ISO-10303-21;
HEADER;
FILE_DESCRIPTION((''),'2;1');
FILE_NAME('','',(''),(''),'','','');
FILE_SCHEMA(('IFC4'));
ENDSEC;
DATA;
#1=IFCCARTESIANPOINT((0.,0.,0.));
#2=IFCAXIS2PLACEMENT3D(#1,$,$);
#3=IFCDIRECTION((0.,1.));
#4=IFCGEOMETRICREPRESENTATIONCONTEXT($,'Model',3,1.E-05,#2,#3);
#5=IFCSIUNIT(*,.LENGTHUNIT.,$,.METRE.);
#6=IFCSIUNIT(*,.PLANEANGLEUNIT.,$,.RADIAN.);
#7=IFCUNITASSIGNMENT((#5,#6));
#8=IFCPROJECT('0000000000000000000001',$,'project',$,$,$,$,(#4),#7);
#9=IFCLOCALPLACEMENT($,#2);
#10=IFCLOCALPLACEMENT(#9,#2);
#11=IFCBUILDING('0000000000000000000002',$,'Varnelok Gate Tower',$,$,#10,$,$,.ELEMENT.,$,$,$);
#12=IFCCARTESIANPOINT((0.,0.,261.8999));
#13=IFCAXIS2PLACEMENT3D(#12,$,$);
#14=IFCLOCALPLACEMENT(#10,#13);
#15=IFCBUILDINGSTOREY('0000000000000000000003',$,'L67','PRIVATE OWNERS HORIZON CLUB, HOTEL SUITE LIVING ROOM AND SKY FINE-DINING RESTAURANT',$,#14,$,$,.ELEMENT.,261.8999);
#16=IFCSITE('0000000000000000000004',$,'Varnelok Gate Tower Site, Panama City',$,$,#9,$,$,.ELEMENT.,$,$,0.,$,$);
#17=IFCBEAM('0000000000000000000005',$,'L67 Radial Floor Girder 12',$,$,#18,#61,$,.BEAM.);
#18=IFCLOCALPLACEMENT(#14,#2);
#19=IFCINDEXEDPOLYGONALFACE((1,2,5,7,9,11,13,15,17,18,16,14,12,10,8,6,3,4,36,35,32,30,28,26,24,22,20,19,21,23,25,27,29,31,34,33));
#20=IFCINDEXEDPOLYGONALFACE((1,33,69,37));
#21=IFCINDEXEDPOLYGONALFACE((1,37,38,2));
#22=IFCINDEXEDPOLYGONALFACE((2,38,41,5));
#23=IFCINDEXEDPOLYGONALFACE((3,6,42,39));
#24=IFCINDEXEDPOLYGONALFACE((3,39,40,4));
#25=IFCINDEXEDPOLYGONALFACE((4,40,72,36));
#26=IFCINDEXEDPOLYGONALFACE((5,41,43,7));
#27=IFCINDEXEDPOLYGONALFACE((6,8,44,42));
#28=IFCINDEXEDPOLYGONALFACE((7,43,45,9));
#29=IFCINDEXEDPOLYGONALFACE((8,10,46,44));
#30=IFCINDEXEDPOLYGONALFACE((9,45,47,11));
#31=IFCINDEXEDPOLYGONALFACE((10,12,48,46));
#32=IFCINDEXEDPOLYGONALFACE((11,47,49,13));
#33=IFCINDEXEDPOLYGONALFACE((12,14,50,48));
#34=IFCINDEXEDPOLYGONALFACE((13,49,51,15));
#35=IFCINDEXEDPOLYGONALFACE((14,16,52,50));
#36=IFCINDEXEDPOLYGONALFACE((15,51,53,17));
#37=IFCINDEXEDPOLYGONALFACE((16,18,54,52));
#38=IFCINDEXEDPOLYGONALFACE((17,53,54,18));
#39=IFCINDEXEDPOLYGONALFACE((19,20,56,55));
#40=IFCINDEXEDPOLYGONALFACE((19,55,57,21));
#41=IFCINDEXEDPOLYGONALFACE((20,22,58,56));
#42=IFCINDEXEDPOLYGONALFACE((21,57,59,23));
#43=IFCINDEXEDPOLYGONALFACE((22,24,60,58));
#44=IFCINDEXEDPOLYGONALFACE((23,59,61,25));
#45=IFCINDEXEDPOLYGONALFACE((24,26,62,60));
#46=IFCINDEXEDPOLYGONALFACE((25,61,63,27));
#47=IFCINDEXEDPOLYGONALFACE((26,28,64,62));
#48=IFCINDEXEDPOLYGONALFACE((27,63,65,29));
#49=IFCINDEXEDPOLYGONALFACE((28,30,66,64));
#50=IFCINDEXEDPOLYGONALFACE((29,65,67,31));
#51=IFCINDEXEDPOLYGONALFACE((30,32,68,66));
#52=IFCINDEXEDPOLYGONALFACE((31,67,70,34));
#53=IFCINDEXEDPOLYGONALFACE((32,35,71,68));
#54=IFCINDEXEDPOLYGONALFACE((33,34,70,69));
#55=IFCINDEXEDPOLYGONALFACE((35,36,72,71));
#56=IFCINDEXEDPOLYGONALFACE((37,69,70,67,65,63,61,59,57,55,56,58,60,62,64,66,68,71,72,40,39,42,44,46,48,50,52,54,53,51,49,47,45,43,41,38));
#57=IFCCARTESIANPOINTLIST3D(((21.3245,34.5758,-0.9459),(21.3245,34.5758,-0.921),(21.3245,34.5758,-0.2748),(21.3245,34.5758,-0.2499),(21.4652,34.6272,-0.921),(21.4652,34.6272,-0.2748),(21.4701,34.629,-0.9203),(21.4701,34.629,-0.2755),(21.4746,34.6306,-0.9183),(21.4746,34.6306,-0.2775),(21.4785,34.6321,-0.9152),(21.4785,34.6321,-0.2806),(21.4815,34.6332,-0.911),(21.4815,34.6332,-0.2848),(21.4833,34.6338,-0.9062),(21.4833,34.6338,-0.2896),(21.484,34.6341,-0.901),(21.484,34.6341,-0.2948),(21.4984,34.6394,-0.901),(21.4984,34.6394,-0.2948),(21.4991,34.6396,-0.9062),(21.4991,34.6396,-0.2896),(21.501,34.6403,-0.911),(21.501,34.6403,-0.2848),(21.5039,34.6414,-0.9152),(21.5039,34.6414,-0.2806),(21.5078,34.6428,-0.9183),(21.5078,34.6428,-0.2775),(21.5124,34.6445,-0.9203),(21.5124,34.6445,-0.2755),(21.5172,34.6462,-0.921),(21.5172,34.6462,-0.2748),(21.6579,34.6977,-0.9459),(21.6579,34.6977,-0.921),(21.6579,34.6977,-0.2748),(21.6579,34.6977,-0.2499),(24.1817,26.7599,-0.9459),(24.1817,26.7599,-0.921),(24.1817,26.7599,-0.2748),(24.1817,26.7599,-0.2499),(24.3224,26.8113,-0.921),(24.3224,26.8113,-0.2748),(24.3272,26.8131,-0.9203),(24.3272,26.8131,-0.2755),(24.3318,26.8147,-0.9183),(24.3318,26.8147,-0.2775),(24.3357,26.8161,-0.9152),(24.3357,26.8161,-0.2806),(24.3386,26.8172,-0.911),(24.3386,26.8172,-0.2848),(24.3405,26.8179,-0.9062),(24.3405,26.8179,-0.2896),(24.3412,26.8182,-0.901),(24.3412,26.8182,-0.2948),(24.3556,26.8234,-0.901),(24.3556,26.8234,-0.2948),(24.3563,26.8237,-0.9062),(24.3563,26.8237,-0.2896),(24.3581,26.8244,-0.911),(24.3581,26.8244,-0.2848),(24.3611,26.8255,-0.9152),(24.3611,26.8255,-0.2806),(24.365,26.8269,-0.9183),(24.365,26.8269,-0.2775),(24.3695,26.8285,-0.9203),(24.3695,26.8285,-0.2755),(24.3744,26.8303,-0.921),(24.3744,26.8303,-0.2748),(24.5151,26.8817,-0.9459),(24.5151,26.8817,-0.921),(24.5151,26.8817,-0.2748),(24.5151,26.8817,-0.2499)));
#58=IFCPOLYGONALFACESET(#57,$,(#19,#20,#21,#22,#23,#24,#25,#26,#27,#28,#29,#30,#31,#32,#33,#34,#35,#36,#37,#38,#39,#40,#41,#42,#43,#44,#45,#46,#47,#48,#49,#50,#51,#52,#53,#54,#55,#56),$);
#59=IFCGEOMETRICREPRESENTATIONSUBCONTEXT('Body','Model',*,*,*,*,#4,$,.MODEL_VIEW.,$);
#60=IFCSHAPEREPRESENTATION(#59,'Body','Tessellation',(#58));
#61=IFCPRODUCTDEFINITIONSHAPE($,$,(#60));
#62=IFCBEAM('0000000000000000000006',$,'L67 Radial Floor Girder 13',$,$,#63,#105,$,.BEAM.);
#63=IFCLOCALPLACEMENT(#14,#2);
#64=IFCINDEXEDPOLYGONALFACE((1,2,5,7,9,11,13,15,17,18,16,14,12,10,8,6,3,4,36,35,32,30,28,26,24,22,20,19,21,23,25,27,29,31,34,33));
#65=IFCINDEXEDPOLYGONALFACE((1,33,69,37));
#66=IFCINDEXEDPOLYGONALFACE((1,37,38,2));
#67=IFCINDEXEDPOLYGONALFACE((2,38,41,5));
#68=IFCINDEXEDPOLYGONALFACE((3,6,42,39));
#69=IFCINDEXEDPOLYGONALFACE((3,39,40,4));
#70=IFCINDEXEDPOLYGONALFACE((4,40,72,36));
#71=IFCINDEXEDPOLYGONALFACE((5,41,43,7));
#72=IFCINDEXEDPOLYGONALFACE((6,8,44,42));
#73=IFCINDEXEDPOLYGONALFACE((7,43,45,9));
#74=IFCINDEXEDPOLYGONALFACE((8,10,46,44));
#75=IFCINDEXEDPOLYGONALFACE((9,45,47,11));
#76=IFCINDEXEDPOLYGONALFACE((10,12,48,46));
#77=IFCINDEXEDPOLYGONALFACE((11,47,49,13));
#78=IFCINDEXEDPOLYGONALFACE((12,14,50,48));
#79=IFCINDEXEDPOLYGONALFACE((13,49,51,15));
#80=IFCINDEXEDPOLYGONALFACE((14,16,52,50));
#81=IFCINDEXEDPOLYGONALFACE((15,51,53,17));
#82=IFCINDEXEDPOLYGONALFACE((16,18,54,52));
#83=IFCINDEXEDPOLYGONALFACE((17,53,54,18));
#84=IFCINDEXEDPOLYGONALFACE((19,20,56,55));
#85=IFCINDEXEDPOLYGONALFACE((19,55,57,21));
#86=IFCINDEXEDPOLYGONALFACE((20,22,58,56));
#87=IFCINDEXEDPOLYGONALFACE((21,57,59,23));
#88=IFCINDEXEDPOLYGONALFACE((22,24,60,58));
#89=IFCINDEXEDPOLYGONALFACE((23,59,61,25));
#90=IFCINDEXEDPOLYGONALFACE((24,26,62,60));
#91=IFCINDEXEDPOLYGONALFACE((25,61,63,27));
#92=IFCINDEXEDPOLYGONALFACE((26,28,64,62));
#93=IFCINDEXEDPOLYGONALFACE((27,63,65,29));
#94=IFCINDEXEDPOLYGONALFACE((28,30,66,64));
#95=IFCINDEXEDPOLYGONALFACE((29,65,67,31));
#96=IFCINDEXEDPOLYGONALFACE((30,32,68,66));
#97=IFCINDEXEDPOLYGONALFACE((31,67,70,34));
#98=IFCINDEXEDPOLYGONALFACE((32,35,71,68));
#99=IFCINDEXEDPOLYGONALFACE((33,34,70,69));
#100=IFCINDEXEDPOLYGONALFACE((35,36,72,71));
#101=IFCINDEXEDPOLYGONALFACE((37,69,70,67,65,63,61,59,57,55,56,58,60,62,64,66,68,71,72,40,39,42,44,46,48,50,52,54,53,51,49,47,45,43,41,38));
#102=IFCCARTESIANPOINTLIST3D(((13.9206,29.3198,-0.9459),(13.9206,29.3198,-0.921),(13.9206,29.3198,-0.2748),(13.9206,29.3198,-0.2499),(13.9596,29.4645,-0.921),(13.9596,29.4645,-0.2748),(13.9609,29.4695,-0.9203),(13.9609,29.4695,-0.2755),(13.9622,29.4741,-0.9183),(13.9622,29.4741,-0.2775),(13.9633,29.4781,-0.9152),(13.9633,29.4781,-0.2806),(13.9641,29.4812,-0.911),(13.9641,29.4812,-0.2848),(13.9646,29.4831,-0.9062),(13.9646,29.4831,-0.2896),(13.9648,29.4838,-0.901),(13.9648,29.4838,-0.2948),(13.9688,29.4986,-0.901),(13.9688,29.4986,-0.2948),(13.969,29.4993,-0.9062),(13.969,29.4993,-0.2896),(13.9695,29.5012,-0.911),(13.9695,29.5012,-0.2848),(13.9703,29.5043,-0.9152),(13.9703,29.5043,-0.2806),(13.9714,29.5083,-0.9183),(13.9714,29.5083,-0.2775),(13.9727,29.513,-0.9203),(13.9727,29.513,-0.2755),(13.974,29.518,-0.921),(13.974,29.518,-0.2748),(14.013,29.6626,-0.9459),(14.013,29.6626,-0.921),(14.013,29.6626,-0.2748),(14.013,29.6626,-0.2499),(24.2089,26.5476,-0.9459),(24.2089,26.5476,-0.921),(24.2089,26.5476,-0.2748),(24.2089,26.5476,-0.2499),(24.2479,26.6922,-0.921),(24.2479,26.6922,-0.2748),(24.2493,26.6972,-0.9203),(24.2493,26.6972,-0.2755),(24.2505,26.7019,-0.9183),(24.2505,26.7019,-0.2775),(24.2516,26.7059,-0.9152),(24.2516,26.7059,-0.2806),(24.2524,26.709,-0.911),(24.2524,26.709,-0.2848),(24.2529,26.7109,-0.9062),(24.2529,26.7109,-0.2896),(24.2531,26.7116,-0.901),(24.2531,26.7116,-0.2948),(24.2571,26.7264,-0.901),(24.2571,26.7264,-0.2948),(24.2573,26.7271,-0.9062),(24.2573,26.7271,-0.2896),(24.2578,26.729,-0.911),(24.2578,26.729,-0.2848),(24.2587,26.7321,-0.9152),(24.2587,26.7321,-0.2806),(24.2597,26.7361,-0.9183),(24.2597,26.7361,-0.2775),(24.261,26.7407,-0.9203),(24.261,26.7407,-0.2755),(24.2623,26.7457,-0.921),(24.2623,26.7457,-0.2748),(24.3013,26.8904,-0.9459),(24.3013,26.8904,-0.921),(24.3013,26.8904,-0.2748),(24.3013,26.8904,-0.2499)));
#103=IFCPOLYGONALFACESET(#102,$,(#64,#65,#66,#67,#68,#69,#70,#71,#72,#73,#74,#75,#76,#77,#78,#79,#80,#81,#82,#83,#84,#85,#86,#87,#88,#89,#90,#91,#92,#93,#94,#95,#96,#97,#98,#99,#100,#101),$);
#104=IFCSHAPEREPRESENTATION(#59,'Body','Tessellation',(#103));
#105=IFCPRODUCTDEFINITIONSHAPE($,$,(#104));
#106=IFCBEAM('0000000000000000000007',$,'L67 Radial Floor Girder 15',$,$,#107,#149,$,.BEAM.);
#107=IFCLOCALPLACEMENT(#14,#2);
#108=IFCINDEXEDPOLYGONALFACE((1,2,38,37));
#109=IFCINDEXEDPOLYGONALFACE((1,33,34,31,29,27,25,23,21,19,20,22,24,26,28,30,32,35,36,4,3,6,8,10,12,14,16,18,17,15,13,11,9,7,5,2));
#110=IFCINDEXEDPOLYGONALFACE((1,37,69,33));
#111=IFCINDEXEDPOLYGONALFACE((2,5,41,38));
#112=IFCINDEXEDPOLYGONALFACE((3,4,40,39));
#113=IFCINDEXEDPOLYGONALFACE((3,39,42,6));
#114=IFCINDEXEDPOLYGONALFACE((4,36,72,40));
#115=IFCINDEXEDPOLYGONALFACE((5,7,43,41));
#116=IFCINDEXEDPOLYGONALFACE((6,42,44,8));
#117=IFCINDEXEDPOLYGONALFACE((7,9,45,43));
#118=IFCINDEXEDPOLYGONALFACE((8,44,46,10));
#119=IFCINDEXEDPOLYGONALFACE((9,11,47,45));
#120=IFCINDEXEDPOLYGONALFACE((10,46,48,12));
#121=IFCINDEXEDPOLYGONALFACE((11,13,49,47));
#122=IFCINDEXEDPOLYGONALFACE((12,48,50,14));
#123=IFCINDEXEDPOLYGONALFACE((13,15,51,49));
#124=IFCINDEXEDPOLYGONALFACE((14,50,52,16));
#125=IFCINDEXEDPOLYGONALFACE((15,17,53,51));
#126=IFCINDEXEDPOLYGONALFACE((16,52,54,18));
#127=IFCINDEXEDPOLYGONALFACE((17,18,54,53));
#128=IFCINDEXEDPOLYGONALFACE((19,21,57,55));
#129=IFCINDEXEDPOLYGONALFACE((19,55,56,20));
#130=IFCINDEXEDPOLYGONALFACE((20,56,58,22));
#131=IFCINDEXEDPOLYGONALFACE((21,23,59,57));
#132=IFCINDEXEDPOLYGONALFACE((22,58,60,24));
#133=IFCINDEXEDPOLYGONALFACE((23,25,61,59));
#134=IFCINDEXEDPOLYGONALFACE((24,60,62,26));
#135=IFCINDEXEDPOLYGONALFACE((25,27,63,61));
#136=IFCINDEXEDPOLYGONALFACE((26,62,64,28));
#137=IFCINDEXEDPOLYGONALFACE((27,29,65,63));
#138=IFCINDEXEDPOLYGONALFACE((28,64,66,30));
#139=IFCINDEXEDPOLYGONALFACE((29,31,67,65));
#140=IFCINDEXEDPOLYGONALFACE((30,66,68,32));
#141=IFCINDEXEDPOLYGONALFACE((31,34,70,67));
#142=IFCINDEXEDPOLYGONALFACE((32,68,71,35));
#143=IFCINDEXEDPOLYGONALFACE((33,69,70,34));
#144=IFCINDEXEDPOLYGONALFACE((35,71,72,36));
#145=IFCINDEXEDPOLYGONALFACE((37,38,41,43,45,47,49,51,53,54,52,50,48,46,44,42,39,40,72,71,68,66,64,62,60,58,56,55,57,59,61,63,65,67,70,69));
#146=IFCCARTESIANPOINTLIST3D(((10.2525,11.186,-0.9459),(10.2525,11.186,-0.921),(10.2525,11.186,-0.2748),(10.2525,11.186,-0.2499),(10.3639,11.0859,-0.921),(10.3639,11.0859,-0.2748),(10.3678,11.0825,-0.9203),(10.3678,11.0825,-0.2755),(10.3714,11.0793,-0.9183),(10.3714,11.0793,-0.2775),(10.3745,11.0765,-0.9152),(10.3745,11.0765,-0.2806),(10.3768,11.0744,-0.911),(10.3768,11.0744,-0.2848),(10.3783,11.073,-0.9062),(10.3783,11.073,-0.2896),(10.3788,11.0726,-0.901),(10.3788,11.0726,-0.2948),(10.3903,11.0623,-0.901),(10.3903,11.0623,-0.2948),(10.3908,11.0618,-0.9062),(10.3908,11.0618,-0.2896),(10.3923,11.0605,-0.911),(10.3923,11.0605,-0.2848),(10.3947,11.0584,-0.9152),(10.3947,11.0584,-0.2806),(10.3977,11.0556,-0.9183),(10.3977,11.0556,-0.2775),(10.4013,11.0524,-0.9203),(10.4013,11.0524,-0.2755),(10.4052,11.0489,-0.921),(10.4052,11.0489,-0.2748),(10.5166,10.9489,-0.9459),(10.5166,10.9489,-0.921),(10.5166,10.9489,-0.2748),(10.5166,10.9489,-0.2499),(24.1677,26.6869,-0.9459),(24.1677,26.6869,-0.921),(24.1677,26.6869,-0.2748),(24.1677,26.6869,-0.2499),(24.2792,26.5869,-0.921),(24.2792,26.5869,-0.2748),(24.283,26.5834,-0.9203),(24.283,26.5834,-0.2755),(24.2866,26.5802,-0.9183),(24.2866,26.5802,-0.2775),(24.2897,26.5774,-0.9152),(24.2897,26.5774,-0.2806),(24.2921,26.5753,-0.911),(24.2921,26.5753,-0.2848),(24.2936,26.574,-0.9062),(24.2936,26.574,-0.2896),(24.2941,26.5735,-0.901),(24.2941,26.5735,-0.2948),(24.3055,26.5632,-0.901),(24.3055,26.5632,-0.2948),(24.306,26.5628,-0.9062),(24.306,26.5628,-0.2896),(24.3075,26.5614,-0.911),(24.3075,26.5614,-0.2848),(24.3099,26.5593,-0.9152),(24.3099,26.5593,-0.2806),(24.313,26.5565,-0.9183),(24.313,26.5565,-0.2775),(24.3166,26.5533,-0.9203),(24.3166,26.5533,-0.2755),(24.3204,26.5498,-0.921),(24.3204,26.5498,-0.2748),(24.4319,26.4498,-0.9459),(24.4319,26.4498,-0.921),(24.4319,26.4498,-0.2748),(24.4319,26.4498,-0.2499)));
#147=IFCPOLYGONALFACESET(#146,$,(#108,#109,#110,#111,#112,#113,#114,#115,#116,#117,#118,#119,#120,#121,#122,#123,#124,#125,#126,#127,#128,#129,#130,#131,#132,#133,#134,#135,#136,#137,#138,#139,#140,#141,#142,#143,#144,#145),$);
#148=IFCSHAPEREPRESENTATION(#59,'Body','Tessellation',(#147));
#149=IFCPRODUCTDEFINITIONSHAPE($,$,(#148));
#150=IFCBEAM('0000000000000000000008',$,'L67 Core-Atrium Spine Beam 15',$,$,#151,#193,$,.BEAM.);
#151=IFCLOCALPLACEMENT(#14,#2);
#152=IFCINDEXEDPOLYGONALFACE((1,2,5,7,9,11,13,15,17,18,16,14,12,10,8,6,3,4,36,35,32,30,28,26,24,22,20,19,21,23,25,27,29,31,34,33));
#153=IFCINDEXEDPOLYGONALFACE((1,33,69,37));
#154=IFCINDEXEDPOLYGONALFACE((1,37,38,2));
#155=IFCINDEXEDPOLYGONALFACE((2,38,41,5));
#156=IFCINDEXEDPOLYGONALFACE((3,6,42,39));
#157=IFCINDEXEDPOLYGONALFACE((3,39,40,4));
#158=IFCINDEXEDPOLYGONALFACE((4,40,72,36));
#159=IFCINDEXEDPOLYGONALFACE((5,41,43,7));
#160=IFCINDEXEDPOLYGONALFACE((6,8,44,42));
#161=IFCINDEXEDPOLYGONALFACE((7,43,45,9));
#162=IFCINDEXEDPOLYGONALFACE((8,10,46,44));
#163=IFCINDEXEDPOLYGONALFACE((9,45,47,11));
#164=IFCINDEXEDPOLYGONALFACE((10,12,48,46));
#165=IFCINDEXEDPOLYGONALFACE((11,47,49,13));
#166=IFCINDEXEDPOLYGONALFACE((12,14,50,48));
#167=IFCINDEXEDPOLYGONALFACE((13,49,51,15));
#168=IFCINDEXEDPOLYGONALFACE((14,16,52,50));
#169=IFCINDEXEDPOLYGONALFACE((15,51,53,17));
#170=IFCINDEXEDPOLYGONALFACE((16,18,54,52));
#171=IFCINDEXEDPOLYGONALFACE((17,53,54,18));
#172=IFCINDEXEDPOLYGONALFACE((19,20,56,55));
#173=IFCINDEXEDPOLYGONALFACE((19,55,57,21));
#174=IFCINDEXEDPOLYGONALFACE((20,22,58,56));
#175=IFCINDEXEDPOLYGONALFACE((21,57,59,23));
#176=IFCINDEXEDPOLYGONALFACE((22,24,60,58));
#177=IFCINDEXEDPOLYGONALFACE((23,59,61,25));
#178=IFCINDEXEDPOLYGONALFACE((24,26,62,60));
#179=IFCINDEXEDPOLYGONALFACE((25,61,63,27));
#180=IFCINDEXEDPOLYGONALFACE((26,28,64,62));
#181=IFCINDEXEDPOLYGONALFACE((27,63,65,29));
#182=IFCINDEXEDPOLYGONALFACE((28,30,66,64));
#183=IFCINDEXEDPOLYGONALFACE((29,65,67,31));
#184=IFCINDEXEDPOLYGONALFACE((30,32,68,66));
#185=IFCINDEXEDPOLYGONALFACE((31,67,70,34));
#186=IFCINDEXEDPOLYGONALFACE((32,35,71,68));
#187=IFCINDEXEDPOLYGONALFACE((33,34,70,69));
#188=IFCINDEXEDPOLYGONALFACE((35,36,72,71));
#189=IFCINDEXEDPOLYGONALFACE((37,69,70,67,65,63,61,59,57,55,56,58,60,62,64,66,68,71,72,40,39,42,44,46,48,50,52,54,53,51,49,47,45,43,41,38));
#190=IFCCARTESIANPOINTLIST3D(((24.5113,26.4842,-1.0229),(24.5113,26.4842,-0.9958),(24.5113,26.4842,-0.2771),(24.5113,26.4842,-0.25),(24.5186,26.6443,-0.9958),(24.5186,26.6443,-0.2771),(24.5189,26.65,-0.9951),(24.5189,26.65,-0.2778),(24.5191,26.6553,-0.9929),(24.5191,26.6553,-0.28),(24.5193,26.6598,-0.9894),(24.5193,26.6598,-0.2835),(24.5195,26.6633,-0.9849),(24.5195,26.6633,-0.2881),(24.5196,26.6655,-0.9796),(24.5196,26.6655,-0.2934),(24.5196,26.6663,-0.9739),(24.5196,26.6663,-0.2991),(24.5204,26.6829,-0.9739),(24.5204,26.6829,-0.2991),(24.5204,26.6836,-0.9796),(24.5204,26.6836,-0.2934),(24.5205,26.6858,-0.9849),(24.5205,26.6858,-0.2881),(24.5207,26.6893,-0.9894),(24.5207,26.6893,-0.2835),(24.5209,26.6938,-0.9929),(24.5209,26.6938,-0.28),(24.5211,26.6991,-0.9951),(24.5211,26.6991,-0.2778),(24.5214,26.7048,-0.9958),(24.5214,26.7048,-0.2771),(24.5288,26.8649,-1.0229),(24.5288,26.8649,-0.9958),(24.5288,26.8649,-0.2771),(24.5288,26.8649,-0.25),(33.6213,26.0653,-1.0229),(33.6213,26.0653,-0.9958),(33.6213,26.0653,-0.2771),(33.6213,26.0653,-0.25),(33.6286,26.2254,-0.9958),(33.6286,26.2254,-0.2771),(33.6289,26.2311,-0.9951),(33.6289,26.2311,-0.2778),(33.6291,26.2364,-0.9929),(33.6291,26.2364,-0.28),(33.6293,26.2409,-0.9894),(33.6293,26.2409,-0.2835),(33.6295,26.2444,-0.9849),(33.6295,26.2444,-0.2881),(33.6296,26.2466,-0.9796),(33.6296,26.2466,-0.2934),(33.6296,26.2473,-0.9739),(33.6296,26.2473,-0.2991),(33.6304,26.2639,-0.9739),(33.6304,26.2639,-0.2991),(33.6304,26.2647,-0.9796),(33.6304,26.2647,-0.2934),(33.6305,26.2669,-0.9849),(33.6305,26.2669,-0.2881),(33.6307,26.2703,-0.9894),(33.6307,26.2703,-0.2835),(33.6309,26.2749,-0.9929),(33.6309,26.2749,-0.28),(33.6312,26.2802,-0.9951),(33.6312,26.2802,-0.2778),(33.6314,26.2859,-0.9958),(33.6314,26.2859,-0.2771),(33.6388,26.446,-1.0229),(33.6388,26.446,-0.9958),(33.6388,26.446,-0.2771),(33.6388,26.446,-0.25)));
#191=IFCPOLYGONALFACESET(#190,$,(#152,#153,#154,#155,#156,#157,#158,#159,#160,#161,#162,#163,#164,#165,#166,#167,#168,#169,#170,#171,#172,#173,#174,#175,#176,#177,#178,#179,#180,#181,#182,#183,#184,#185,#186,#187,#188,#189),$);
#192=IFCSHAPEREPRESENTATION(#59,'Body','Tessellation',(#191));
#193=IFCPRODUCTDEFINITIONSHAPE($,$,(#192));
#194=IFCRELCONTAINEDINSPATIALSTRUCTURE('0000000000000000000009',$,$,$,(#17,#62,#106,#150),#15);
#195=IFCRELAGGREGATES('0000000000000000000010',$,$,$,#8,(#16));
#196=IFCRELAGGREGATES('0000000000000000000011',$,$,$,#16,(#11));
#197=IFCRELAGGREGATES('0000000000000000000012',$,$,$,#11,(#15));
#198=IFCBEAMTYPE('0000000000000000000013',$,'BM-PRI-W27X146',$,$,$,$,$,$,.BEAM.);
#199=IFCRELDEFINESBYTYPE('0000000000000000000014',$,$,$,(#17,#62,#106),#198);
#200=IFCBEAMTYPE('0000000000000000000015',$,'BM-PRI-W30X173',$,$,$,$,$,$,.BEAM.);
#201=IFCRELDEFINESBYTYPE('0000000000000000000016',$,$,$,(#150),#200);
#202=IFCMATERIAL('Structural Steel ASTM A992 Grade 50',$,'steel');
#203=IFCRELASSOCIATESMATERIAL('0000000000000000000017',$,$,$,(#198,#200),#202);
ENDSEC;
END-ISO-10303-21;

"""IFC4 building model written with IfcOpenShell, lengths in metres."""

from ifc_helpers import new_model, si_unit, direction, frame, origin, origin_2d, place, context, subcontext, project, spatial, i_section, extrude, material, material_profile, profile_set, type_object, element, save


model = new_model("IFC4")

# Units and contexts
model_context = context("Model", 3, precision=1e-05, world=origin(), true_north=direction((0.0, 1.0)))
body_context = subcontext(model_context, "Body", "Model", "MODEL_VIEW")
ifc_project = project(units=[si_unit("LENGTHUNIT", "METRE"), si_unit("PLANEANGLEUNIT", "RADIAN")], contexts=[model_context])

# Site, building, storey
site_placement = place(None, origin())
site = spatial("IfcSite", under=ifc_project, at=site_placement, Name="Varnelok Gate Tower Site, Panama City", CompositionType="ELEMENT", RefElevation=0.0)
building_placement = place(site_placement, origin())
building = spatial("IfcBuilding", under=site, at=building_placement, Name="Varnelok Gate Tower", CompositionType="ELEMENT")
storey_placement = place(building_placement, frame((0.0, 0.0, 261.8999)))
storey = spatial("IfcBuildingStorey", under=building, at=storey_placement, Name="L67", Description="PRIVATE OWNERS HORIZON CLUB, HOTEL SUITE LIVING ROOM AND SKY FINE-DINING RESTAURANT", CompositionType="ELEMENT", Elevation=261.8999)

# Shared definitions
ifc_material_1 = material(Name="Structural Steel ASTM A992 Grade 50", Category="steel")

# Beams
ifc_material_profile_1 = material_profile(ifc_material_1, i_section(OverallWidth=0.355, OverallDepth=0.696, WebThickness=0.0154, FlangeThickness=0.0249, FilletRadius=0.02, at=origin_2d()), Name="W27X146")
ifc_profile_set_1 = profile_set([ifc_material_profile_1], Name="Structural Steel ASTM A992 Grade 50")
beam_type_1 = type_object("IfcBeamType", Name="BM-PRI-W27X146", PredefinedType="BEAM", material=ifc_profile_set_1)
beam_1_placement = place(storey_placement, frame((24.3484, 26.8208, -0.5979), z_axis=(-0.343337, 0.939212, 0.0), x_axis=(-0.939212, -0.343337, 0.0)))
element("IfcBeam", 1, at=beam_1_placement, inside=storey, type_object=beam_type_1, Name="L67 Radial Floor Girder 12", PredefinedType="BEAM", context=body_context, shape_type="SweptSolid", body=[
    extrude(i_section(OverallWidth=0.355, OverallDepth=0.696, WebThickness=0.0154, FlangeThickness=0.0249, FilletRadius=0.02, at=origin_2d()), origin(), (0.0, 0.0, 1.0), 8.3218),
])
beam_2_placement = place(storey_placement, frame((24.2551, 26.719, -0.5979), z_axis=(-0.965562, 0.260173, 0.0), x_axis=(-0.260173, -0.965562, 0.0)))
element("IfcBeam", 2, at=beam_2_placement, inside=storey, type_object=beam_type_1, Name="L67 Radial Floor Girder 13", PredefinedType="BEAM", context=body_context, shape_type="SweptSolid", body=[
    extrude(i_section(OverallWidth=0.355, OverallDepth=0.696, WebThickness=0.0154, FlangeThickness=0.0249, FilletRadius=0.02, at=origin_2d()), origin(), (0.0, 0.0, 1.0), 10.6553),
])
beam_3_placement = place(storey_placement, frame((24.2998, 26.5684, -0.5979), z_axis=(-0.66802, -0.744143, 0.0), x_axis=(0.744143, -0.66802, 0.0)))
element("IfcBeam", 3, at=beam_3_placement, inside=storey, type_object=beam_type_1, Name="L67 Radial Floor Girder 15", PredefinedType="BEAM", context=body_context, shape_type="SweptSolid", body=[
    extrude(i_section(OverallWidth=0.355, OverallDepth=0.696, WebThickness=0.0154, FlangeThickness=0.0249, FilletRadius=0.02, at=origin_2d()), origin(), (0.0, 0.0, 1.0), 20.8306),
])
ifc_material_profile_2 = material_profile(ifc_material_1, i_section(OverallWidth=0.3811, OverallDepth=0.7729, WebThickness=0.0166, FlangeThickness=0.0271, FilletRadius=0.022, at=origin_2d()), Name="W30X173")
ifc_profile_set_2 = profile_set([ifc_material_profile_2], Name="Structural Steel ASTM A992 Grade 50")
beam_type_2 = type_object("IfcBeamType", Name="BM-PRI-W30X173", PredefinedType="BEAM", material=ifc_profile_set_2)
beam_4_placement = place(storey_placement, frame((24.52, 26.6746, -0.6365), z_axis=(0.998944, -0.045938, 0.0), x_axis=(0.045938, 0.998944, 0.0)))
element("IfcBeam", 4, at=beam_4_placement, inside=storey, type_object=beam_type_2, Name="L67 Core-Atrium Spine Beam 15", PredefinedType="BEAM", context=body_context, shape_type="SweptSolid", body=[
    extrude(i_section(OverallWidth=0.3811, OverallDepth=0.7729, WebThickness=0.0166, FlangeThickness=0.0271, FilletRadius=0.022, at=origin_2d()), origin(), (0.0, 0.0, 1.0), 9.1196),
])

save(model, "model.ifc")
